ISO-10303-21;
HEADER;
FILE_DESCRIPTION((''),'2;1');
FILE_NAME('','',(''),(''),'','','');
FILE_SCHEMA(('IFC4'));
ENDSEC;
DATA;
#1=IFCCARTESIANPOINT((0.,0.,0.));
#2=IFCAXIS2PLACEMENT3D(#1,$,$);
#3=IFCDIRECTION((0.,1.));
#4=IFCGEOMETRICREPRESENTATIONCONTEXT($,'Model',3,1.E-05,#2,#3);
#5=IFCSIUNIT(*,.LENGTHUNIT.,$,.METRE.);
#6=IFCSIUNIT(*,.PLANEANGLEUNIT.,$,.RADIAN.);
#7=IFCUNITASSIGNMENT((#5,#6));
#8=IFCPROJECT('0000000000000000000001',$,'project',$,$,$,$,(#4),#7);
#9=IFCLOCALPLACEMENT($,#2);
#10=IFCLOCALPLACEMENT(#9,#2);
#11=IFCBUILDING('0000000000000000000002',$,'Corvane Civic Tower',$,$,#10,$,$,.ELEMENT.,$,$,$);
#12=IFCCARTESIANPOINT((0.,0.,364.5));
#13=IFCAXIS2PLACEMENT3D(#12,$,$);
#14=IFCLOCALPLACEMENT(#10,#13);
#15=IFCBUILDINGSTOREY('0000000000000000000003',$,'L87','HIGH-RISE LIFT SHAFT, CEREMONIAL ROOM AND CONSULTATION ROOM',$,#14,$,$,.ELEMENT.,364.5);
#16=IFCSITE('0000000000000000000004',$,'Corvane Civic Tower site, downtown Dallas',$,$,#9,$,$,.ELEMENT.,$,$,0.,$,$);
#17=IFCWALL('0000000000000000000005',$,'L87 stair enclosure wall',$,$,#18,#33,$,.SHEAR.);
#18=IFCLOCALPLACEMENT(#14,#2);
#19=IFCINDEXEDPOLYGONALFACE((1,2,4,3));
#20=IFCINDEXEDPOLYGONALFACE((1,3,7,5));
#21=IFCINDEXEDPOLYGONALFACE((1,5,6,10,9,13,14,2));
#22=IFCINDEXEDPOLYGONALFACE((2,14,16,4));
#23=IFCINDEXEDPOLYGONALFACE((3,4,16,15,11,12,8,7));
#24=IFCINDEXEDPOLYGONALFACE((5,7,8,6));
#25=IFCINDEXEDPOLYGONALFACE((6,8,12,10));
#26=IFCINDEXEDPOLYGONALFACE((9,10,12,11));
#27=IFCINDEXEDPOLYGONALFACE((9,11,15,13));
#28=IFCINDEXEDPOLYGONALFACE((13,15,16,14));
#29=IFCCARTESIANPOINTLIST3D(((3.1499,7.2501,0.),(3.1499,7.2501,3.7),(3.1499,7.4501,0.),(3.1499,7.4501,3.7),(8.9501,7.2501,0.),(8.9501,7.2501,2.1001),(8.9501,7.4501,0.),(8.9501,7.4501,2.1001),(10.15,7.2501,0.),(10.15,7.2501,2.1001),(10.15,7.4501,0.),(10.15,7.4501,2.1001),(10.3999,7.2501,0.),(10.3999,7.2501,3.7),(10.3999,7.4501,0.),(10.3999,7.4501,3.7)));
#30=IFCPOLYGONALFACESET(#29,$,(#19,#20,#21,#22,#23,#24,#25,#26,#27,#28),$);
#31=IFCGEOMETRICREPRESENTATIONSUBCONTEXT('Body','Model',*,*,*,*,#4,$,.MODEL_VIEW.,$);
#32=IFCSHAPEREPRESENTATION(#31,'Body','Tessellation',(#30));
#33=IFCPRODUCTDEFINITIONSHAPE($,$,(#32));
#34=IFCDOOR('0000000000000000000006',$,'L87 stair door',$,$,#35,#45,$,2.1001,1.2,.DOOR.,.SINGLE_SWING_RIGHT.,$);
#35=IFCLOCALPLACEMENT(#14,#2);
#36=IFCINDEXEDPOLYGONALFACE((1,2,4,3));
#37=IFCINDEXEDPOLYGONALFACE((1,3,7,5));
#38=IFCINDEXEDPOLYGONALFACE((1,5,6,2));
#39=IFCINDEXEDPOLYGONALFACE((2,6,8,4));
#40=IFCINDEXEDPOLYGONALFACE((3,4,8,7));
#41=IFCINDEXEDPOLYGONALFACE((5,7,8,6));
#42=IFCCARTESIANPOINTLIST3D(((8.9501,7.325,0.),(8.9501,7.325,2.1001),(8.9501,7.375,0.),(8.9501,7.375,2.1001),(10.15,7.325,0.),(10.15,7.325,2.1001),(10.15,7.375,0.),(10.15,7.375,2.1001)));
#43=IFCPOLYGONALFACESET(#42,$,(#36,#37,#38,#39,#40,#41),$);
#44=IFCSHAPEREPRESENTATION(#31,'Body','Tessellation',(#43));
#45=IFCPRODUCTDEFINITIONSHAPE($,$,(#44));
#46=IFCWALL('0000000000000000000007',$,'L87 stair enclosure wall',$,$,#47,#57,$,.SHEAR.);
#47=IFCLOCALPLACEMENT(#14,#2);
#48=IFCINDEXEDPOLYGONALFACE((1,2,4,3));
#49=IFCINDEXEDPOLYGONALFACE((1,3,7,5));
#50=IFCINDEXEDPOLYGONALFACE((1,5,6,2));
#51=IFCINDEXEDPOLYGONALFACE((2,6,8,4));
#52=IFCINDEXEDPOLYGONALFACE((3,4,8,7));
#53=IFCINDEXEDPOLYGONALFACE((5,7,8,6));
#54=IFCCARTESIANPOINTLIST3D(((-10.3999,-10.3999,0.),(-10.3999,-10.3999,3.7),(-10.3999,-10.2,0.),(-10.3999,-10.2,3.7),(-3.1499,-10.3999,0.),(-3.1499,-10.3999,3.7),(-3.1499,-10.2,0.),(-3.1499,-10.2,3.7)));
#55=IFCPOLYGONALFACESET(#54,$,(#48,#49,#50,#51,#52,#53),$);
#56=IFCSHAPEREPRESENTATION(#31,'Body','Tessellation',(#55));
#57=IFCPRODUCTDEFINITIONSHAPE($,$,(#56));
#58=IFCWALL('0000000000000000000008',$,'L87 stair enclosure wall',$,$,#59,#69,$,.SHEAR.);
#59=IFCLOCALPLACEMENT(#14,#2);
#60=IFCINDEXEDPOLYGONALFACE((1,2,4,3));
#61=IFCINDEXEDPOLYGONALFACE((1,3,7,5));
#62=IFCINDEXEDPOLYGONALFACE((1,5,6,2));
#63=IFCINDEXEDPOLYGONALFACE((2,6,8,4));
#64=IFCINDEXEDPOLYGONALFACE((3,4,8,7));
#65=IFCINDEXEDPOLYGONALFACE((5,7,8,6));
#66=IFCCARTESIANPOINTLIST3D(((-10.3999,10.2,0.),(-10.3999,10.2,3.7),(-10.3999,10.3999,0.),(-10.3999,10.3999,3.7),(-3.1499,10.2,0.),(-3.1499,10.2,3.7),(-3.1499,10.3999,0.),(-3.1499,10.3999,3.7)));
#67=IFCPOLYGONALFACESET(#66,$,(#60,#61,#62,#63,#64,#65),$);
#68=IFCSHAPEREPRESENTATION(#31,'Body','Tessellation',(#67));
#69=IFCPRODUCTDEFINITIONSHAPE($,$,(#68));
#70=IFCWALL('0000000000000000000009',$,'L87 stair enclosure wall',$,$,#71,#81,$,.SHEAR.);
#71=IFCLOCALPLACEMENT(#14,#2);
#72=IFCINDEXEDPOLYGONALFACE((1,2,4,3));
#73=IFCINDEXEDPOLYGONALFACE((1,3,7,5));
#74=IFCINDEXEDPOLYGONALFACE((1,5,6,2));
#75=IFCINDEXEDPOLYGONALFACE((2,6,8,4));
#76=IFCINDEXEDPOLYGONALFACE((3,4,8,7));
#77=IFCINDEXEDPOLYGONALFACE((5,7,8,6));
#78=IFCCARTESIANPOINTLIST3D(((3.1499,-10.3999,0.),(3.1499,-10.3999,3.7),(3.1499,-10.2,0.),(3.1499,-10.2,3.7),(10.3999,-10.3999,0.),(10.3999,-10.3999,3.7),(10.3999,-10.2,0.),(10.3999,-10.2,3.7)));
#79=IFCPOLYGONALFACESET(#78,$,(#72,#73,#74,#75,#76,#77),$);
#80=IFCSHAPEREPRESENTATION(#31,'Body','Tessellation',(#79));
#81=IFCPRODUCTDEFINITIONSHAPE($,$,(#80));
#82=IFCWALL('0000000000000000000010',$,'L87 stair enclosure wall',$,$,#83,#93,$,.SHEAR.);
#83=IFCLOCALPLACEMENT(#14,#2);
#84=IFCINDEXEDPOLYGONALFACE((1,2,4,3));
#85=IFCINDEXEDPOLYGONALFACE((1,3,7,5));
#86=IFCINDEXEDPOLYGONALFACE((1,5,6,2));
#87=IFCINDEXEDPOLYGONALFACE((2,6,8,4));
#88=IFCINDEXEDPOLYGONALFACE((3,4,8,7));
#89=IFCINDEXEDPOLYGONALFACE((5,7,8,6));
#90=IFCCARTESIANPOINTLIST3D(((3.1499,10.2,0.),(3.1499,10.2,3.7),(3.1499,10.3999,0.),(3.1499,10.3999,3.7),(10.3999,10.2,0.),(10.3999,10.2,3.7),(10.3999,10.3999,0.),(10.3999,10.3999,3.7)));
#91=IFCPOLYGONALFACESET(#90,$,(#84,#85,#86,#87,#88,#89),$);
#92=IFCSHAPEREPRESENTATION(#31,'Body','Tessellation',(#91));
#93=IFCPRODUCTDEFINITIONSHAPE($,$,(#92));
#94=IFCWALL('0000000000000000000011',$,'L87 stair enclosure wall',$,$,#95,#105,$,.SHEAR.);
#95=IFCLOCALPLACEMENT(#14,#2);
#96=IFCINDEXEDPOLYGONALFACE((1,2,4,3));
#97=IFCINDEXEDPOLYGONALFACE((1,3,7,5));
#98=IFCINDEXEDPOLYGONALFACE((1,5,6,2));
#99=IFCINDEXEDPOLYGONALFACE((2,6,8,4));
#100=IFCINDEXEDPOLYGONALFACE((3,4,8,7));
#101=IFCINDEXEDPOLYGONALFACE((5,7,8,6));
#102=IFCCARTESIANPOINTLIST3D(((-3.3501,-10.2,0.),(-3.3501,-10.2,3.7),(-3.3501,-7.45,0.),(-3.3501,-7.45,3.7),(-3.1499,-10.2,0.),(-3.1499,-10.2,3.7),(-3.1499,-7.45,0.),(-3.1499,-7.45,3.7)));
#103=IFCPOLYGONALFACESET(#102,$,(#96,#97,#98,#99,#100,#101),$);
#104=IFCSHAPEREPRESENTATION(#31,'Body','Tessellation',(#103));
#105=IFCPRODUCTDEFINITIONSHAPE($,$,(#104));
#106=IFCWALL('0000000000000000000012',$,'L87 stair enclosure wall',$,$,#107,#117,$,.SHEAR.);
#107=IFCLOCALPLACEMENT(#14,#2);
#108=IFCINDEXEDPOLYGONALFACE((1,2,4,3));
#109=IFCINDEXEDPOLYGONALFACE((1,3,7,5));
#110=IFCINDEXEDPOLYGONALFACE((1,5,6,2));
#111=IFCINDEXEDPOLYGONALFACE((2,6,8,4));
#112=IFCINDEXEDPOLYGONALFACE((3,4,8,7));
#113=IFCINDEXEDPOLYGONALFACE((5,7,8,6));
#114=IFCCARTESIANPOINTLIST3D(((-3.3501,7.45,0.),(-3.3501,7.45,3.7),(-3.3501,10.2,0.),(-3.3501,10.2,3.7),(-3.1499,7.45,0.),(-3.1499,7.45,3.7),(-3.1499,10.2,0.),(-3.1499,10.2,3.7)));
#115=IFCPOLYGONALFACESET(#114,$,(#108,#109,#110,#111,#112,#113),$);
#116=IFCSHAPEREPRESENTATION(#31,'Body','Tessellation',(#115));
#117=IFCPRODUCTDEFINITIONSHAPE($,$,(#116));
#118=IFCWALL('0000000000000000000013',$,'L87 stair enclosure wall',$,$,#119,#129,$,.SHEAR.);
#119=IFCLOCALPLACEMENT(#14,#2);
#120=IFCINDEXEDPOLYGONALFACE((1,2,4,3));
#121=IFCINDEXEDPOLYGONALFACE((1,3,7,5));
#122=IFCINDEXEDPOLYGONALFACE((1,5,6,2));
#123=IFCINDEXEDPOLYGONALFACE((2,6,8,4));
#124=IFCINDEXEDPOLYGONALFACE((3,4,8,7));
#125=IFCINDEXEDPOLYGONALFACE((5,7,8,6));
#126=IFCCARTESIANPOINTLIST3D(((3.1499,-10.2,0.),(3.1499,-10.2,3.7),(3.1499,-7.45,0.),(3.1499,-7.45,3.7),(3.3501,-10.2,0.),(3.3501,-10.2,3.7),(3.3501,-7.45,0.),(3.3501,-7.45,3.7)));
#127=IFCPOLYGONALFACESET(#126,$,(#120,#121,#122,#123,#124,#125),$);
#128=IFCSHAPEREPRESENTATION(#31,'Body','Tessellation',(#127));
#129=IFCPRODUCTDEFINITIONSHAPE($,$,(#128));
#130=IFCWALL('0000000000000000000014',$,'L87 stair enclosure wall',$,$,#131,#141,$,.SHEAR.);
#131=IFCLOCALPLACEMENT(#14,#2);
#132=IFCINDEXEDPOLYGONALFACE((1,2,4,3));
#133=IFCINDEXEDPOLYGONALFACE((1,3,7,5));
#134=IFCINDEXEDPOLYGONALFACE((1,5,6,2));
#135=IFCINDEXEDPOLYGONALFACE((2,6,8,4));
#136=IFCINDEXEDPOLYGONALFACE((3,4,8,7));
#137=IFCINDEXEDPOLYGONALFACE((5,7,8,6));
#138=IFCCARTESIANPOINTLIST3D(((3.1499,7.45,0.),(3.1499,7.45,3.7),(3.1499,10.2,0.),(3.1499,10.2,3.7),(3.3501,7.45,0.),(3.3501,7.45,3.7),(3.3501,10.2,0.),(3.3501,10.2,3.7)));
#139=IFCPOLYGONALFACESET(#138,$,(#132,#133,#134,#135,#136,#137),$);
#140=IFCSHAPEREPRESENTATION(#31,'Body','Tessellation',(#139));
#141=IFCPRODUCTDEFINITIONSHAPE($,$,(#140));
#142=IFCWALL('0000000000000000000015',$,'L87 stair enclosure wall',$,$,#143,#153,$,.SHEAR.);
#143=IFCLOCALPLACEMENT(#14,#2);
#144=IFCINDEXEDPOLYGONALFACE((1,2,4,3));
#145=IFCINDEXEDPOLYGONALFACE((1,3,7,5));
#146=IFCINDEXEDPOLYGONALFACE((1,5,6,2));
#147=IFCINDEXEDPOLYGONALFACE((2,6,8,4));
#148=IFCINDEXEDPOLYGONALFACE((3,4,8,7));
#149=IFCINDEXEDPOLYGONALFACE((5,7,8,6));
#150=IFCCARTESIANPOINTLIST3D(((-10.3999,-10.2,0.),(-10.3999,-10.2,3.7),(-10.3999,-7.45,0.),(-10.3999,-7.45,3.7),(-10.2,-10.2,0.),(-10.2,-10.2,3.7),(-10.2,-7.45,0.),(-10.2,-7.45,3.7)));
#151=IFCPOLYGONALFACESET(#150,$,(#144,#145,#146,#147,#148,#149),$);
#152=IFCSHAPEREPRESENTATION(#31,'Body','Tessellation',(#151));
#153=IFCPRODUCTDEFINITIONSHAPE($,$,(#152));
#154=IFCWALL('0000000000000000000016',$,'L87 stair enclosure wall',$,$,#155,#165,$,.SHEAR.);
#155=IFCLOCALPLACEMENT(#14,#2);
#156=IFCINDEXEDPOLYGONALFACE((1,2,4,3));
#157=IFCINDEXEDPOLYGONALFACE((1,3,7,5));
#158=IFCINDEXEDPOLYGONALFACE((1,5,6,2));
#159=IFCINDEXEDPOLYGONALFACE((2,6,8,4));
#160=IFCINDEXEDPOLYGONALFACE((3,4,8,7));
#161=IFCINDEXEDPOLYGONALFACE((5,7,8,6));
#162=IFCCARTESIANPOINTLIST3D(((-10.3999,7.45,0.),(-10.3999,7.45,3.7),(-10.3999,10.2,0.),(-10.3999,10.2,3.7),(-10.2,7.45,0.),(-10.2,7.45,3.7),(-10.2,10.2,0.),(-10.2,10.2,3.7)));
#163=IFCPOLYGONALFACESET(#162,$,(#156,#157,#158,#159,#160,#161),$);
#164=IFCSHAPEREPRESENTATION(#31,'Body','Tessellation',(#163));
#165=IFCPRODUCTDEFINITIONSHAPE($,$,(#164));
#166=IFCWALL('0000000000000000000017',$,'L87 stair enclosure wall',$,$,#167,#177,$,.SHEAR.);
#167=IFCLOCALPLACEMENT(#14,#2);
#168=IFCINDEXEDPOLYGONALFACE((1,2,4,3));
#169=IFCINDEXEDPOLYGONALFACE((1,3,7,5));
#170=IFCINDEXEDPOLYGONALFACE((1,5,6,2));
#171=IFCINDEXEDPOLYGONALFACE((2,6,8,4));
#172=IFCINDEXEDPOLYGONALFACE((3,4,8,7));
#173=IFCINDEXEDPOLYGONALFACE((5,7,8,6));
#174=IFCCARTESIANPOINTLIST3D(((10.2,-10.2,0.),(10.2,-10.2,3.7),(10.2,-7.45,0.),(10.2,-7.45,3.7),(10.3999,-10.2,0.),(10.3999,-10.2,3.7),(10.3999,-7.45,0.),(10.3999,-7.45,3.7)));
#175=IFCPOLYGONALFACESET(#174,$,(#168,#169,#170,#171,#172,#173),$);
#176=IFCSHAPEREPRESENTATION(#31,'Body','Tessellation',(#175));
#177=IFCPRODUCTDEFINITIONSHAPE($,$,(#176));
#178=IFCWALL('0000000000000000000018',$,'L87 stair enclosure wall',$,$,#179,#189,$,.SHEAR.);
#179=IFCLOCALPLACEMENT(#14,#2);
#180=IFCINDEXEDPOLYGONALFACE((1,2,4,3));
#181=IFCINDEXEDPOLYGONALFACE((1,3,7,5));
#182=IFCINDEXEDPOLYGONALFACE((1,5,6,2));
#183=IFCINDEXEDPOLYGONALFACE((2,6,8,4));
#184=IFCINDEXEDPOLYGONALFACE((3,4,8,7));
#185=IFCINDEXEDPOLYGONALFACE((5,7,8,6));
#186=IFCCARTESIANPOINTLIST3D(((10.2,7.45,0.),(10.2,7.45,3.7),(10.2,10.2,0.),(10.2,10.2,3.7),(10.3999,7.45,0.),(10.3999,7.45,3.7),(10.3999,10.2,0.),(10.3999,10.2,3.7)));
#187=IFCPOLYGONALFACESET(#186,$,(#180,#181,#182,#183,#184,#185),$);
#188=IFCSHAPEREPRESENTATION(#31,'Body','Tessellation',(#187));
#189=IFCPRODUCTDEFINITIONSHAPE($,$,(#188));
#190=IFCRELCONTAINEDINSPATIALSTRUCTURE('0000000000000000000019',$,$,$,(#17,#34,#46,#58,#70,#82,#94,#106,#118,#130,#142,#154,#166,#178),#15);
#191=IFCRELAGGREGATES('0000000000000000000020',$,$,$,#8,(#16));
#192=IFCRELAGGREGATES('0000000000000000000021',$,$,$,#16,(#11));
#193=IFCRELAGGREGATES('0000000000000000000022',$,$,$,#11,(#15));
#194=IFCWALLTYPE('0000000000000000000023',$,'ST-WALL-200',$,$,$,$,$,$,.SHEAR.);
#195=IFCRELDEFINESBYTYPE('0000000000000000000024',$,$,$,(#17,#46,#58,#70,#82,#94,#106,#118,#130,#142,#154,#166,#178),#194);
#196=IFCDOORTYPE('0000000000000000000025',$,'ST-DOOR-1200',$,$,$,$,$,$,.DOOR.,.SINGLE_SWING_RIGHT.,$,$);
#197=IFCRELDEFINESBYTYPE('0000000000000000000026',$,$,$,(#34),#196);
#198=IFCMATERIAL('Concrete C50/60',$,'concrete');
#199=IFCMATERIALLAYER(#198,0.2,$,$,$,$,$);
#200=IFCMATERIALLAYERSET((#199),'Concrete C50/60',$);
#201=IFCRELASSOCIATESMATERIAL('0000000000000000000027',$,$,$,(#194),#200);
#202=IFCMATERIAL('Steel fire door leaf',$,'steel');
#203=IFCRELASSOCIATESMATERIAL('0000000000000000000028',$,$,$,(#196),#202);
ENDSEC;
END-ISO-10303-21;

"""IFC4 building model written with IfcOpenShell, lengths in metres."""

from ifc_helpers import new_model, si_unit, direction, frame, frame_2d, origin, place, context, subcontext, project, spatial, polyline, rectangle, outline, extrude, material, layer, layer_set, type_object, element, fill, save


model = new_model("IFC4")

# Units and contexts
model_context = context("Model", 3, precision=1e-05, world=origin(), true_north=direction((0.0, 1.0)))
body_context = subcontext(model_context, "Body", "Model", "MODEL_VIEW")
ifc_project = project(units=[si_unit("LENGTHUNIT", "METRE"), si_unit("PLANEANGLEUNIT", "RADIAN")], contexts=[model_context])

# Site, building, storey
site_placement = place(None, origin())
site = spatial("IfcSite", under=ifc_project, at=site_placement, Name="Corvane Civic Tower site, downtown Dallas", CompositionType="ELEMENT", RefElevation=0.0)
building_placement = place(site_placement, origin())
building = spatial("IfcBuilding", under=site, at=building_placement, Name="Corvane Civic Tower", CompositionType="ELEMENT")
storey_placement = place(building_placement, frame((0.0, 0.0, 364.5)))
storey = spatial("IfcBuildingStorey", under=building, at=storey_placement, Name="L87", Description="HIGH-RISE LIFT SHAFT, CEREMONIAL ROOM AND CONSULTATION ROOM", CompositionType="ELEMENT", Elevation=364.5)

# Wall, opening, door
ifc_material_1 = material(Name="Concrete C50/60", Category="concrete")
ifc_layer_1 = layer(ifc_material_1, 0.2)
ifc_layer_set_1 = layer_set([ifc_layer_1], Name="Concrete C50/60")
wall_type_1 = type_object("IfcWallType", Name="ST-WALL-200", PredefinedType="SHEAR", material=ifc_layer_set_1)
wall_1_placement = place(storey_placement, frame((3.1499, 7.3501, 0.0), z_axis=(0.0, 0.0, 1.0), x_axis=(1.0, 0.0, 0.0)))
wall_1 = element("IfcWall", 1, at=wall_1_placement, inside=storey, type_object=wall_type_1, Name="L87 stair enclosure wall", PredefinedType="SHEAR", context=body_context, shape_type="SweptSolid", body=[
    extrude(rectangle(XDim=7.25, YDim=0.2, at=frame_2d((3.625, 0.0))), origin(), (0.0, 0.0, 1.0), 3.7),
])
opening_1_placement = place(wall_1_placement, frame((5.8, 0.0, 0.0)))
opening_1 = element("IfcOpeningElement", 2, at=opening_1_placement, cuts=wall_1, PredefinedType="OPENING", context=body_context, shape_type="SweptSolid", body=[
    extrude(rectangle(XDim=1.2, YDim=2.1001, at=frame_2d((0.6001, 1.05))), frame((0.0, 0.1099, 0.0), z_axis=(0.0, -1.0, 0.0), x_axis=(1.0, 0.0, 0.0)), (0.0, 0.0, 1.0), 0.22),
])
ifc_material_2 = material(Name="Steel fire door leaf", Category="steel")
door_type_1 = type_object("IfcDoorType", Name="ST-DOOR-1200", OperationType="SINGLE_SWING_RIGHT", PredefinedType="DOOR", material=ifc_material_2)
door_1_placement = place(opening_1_placement, origin())
door_1 = element("IfcDoor", 3, at=door_1_placement, inside=storey, type_object=door_type_1, Name="L87 stair door", OperationType="SINGLE_SWING_RIGHT", OverallHeight=2.1001, OverallWidth=1.2, PredefinedType="DOOR", context=body_context, shape_type="SweptSolid", body=[
    extrude(rectangle(XDim=1.2, YDim=2.1001, at=frame_2d((0.6001, 1.05))), frame((0.0, 0.0249, 0.0), z_axis=(0.0, -1.0, 0.0), x_axis=(1.0, 0.0, 0.0)), (0.0, 0.0, 1.0), 0.05),
])
fill(opening_1, door_1)

# Walls
wall_2_placement = place(storey_placement, origin())
element("IfcWall", 4, at=wall_2_placement, inside=storey, type_object=wall_type_1, Name="L87 stair enclosure wall", PredefinedType="SHEAR", context=body_context, shape_type="SweptSolid", body=[
    extrude(outline(polyline([(-3.1499, -10.2), (-3.1499, -10.3999), (-10.3999, -10.3999), (-10.3999, -10.2), (-3.1499, -10.2)])), origin(), (0.0, 0.0, 1.0), 3.7),
])
wall_3_placement = place(storey_placement, origin())
element("IfcWall", 5, at=wall_3_placement, inside=storey, type_object=wall_type_1, Name="L87 stair enclosure wall", PredefinedType="SHEAR", context=body_context, shape_type="SweptSolid", body=[
    extrude(outline(polyline([(-3.1499, 10.2), (-10.3999, 10.2), (-10.3999, 10.3999), (-3.1499, 10.3999), (-3.1499, 10.2)])), origin(), (0.0, 0.0, 1.0), 3.7),
])
wall_4_placement = place(storey_placement, origin())
element("IfcWall", 6, at=wall_4_placement, inside=storey, type_object=wall_type_1, Name="L87 stair enclosure wall", PredefinedType="SHEAR", context=body_context, shape_type="SweptSolid", body=[
    extrude(outline(polyline([(10.3999, -10.3999), (3.1499, -10.3999), (3.1499, -10.2), (10.3999, -10.2), (10.3999, -10.3999)])), origin(), (0.0, 0.0, 1.0), 3.7),
])
wall_5_placement = place(storey_placement, origin())
element("IfcWall", 7, at=wall_5_placement, inside=storey, type_object=wall_type_1, Name="L87 stair enclosure wall", PredefinedType="SHEAR", context=body_context, shape_type="SweptSolid", body=[
    extrude(outline(polyline([(10.3999, 10.2), (3.1499, 10.2), (3.1499, 10.3999), (10.3999, 10.3999), (10.3999, 10.2)])), origin(), (0.0, 0.0, 1.0), 3.7),
])
wall_6_placement = place(storey_placement, origin())
element("IfcWall", 8, at=wall_6_placement, inside=storey, type_object=wall_type_1, Name="L87 stair enclosure wall", PredefinedType="SHEAR", context=body_context, shape_type="SweptSolid", body=[
    extrude(outline(polyline([(-3.1499, -7.45), (-3.1499, -10.2), (-3.3501, -10.2), (-3.3501, -7.45), (-3.1499, -7.45)])), origin(), (0.0, 0.0, 1.0), 3.7),
])
wall_7_placement = place(storey_placement, origin())
element("IfcWall", 9, at=wall_7_placement, inside=storey, type_object=wall_type_1, Name="L87 stair enclosure wall", PredefinedType="SHEAR", context=body_context, shape_type="SweptSolid", body=[
    extrude(outline(polyline([(-3.1499, 7.45), (-3.3501, 7.45), (-3.3501, 10.2), (-3.1499, 10.2), (-3.1499, 7.45)])), origin(), (0.0, 0.0, 1.0), 3.7),
])
wall_8_placement = place(storey_placement, origin())
element("IfcWall", 10, at=wall_8_placement, inside=storey, type_object=wall_type_1, Name="L87 stair enclosure wall", PredefinedType="SHEAR", context=body_context, shape_type="SweptSolid", body=[
    extrude(outline(polyline([(3.3501, -7.45), (3.3501, -10.2), (3.1499, -10.2), (3.1499, -7.45), (3.3501, -7.45)])), origin(), (0.0, 0.0, 1.0), 3.7),
])
wall_9_placement = place(storey_placement, origin())
element("IfcWall", 11, at=wall_9_placement, inside=storey, type_object=wall_type_1, Name="L87 stair enclosure wall", PredefinedType="SHEAR", context=body_context, shape_type="SweptSolid", body=[
    extrude(outline(polyline([(3.3501, 7.45), (3.1499, 7.45), (3.1499, 10.2), (3.3501, 10.2), (3.3501, 7.45)])), origin(), (0.0, 0.0, 1.0), 3.7),
])
wall_10_placement = place(storey_placement, origin())
element("IfcWall", 12, at=wall_10_placement, inside=storey, type_object=wall_type_1, Name="L87 stair enclosure wall", PredefinedType="SHEAR", context=body_context, shape_type="SweptSolid", body=[
    extrude(outline(polyline([(-10.2, -7.45), (-10.2, -10.2), (-10.3999, -10.2), (-10.3999, -7.45), (-10.2, -7.45)])), origin(), (0.0, 0.0, 1.0), 3.7),
])
wall_11_placement = place(storey_placement, origin())
element("IfcWall", 13, at=wall_11_placement, inside=storey, type_object=wall_type_1, Name="L87 stair enclosure wall", PredefinedType="SHEAR", context=body_context, shape_type="SweptSolid", body=[
    extrude(outline(polyline([(-10.2, 7.45), (-10.3999, 7.45), (-10.3999, 10.2), (-10.2, 10.2), (-10.2, 7.45)])), origin(), (0.0, 0.0, 1.0), 3.7),
])
wall_12_placement = place(storey_placement, origin())
element("IfcWall", 14, at=wall_12_placement, inside=storey, type_object=wall_type_1, Name="L87 stair enclosure wall", PredefinedType="SHEAR", context=body_context, shape_type="SweptSolid", body=[
    extrude(outline(polyline([(10.3999, -7.45), (10.3999, -10.2), (10.2, -10.2), (10.2, -7.45), (10.3999, -7.45)])), origin(), (0.0, 0.0, 1.0), 3.7),
])
wall_13_placement = place(storey_placement, origin())
element("IfcWall", 15, at=wall_13_placement, inside=storey, type_object=wall_type_1, Name="L87 stair enclosure wall", PredefinedType="SHEAR", context=body_context, shape_type="SweptSolid", body=[
    extrude(outline(polyline([(10.3999, 7.45), (10.2, 7.45), (10.2, 10.2), (10.3999, 10.2), (10.3999, 7.45)])), origin(), (0.0, 0.0, 1.0), 3.7),
])

save(model, "model.ifc")
